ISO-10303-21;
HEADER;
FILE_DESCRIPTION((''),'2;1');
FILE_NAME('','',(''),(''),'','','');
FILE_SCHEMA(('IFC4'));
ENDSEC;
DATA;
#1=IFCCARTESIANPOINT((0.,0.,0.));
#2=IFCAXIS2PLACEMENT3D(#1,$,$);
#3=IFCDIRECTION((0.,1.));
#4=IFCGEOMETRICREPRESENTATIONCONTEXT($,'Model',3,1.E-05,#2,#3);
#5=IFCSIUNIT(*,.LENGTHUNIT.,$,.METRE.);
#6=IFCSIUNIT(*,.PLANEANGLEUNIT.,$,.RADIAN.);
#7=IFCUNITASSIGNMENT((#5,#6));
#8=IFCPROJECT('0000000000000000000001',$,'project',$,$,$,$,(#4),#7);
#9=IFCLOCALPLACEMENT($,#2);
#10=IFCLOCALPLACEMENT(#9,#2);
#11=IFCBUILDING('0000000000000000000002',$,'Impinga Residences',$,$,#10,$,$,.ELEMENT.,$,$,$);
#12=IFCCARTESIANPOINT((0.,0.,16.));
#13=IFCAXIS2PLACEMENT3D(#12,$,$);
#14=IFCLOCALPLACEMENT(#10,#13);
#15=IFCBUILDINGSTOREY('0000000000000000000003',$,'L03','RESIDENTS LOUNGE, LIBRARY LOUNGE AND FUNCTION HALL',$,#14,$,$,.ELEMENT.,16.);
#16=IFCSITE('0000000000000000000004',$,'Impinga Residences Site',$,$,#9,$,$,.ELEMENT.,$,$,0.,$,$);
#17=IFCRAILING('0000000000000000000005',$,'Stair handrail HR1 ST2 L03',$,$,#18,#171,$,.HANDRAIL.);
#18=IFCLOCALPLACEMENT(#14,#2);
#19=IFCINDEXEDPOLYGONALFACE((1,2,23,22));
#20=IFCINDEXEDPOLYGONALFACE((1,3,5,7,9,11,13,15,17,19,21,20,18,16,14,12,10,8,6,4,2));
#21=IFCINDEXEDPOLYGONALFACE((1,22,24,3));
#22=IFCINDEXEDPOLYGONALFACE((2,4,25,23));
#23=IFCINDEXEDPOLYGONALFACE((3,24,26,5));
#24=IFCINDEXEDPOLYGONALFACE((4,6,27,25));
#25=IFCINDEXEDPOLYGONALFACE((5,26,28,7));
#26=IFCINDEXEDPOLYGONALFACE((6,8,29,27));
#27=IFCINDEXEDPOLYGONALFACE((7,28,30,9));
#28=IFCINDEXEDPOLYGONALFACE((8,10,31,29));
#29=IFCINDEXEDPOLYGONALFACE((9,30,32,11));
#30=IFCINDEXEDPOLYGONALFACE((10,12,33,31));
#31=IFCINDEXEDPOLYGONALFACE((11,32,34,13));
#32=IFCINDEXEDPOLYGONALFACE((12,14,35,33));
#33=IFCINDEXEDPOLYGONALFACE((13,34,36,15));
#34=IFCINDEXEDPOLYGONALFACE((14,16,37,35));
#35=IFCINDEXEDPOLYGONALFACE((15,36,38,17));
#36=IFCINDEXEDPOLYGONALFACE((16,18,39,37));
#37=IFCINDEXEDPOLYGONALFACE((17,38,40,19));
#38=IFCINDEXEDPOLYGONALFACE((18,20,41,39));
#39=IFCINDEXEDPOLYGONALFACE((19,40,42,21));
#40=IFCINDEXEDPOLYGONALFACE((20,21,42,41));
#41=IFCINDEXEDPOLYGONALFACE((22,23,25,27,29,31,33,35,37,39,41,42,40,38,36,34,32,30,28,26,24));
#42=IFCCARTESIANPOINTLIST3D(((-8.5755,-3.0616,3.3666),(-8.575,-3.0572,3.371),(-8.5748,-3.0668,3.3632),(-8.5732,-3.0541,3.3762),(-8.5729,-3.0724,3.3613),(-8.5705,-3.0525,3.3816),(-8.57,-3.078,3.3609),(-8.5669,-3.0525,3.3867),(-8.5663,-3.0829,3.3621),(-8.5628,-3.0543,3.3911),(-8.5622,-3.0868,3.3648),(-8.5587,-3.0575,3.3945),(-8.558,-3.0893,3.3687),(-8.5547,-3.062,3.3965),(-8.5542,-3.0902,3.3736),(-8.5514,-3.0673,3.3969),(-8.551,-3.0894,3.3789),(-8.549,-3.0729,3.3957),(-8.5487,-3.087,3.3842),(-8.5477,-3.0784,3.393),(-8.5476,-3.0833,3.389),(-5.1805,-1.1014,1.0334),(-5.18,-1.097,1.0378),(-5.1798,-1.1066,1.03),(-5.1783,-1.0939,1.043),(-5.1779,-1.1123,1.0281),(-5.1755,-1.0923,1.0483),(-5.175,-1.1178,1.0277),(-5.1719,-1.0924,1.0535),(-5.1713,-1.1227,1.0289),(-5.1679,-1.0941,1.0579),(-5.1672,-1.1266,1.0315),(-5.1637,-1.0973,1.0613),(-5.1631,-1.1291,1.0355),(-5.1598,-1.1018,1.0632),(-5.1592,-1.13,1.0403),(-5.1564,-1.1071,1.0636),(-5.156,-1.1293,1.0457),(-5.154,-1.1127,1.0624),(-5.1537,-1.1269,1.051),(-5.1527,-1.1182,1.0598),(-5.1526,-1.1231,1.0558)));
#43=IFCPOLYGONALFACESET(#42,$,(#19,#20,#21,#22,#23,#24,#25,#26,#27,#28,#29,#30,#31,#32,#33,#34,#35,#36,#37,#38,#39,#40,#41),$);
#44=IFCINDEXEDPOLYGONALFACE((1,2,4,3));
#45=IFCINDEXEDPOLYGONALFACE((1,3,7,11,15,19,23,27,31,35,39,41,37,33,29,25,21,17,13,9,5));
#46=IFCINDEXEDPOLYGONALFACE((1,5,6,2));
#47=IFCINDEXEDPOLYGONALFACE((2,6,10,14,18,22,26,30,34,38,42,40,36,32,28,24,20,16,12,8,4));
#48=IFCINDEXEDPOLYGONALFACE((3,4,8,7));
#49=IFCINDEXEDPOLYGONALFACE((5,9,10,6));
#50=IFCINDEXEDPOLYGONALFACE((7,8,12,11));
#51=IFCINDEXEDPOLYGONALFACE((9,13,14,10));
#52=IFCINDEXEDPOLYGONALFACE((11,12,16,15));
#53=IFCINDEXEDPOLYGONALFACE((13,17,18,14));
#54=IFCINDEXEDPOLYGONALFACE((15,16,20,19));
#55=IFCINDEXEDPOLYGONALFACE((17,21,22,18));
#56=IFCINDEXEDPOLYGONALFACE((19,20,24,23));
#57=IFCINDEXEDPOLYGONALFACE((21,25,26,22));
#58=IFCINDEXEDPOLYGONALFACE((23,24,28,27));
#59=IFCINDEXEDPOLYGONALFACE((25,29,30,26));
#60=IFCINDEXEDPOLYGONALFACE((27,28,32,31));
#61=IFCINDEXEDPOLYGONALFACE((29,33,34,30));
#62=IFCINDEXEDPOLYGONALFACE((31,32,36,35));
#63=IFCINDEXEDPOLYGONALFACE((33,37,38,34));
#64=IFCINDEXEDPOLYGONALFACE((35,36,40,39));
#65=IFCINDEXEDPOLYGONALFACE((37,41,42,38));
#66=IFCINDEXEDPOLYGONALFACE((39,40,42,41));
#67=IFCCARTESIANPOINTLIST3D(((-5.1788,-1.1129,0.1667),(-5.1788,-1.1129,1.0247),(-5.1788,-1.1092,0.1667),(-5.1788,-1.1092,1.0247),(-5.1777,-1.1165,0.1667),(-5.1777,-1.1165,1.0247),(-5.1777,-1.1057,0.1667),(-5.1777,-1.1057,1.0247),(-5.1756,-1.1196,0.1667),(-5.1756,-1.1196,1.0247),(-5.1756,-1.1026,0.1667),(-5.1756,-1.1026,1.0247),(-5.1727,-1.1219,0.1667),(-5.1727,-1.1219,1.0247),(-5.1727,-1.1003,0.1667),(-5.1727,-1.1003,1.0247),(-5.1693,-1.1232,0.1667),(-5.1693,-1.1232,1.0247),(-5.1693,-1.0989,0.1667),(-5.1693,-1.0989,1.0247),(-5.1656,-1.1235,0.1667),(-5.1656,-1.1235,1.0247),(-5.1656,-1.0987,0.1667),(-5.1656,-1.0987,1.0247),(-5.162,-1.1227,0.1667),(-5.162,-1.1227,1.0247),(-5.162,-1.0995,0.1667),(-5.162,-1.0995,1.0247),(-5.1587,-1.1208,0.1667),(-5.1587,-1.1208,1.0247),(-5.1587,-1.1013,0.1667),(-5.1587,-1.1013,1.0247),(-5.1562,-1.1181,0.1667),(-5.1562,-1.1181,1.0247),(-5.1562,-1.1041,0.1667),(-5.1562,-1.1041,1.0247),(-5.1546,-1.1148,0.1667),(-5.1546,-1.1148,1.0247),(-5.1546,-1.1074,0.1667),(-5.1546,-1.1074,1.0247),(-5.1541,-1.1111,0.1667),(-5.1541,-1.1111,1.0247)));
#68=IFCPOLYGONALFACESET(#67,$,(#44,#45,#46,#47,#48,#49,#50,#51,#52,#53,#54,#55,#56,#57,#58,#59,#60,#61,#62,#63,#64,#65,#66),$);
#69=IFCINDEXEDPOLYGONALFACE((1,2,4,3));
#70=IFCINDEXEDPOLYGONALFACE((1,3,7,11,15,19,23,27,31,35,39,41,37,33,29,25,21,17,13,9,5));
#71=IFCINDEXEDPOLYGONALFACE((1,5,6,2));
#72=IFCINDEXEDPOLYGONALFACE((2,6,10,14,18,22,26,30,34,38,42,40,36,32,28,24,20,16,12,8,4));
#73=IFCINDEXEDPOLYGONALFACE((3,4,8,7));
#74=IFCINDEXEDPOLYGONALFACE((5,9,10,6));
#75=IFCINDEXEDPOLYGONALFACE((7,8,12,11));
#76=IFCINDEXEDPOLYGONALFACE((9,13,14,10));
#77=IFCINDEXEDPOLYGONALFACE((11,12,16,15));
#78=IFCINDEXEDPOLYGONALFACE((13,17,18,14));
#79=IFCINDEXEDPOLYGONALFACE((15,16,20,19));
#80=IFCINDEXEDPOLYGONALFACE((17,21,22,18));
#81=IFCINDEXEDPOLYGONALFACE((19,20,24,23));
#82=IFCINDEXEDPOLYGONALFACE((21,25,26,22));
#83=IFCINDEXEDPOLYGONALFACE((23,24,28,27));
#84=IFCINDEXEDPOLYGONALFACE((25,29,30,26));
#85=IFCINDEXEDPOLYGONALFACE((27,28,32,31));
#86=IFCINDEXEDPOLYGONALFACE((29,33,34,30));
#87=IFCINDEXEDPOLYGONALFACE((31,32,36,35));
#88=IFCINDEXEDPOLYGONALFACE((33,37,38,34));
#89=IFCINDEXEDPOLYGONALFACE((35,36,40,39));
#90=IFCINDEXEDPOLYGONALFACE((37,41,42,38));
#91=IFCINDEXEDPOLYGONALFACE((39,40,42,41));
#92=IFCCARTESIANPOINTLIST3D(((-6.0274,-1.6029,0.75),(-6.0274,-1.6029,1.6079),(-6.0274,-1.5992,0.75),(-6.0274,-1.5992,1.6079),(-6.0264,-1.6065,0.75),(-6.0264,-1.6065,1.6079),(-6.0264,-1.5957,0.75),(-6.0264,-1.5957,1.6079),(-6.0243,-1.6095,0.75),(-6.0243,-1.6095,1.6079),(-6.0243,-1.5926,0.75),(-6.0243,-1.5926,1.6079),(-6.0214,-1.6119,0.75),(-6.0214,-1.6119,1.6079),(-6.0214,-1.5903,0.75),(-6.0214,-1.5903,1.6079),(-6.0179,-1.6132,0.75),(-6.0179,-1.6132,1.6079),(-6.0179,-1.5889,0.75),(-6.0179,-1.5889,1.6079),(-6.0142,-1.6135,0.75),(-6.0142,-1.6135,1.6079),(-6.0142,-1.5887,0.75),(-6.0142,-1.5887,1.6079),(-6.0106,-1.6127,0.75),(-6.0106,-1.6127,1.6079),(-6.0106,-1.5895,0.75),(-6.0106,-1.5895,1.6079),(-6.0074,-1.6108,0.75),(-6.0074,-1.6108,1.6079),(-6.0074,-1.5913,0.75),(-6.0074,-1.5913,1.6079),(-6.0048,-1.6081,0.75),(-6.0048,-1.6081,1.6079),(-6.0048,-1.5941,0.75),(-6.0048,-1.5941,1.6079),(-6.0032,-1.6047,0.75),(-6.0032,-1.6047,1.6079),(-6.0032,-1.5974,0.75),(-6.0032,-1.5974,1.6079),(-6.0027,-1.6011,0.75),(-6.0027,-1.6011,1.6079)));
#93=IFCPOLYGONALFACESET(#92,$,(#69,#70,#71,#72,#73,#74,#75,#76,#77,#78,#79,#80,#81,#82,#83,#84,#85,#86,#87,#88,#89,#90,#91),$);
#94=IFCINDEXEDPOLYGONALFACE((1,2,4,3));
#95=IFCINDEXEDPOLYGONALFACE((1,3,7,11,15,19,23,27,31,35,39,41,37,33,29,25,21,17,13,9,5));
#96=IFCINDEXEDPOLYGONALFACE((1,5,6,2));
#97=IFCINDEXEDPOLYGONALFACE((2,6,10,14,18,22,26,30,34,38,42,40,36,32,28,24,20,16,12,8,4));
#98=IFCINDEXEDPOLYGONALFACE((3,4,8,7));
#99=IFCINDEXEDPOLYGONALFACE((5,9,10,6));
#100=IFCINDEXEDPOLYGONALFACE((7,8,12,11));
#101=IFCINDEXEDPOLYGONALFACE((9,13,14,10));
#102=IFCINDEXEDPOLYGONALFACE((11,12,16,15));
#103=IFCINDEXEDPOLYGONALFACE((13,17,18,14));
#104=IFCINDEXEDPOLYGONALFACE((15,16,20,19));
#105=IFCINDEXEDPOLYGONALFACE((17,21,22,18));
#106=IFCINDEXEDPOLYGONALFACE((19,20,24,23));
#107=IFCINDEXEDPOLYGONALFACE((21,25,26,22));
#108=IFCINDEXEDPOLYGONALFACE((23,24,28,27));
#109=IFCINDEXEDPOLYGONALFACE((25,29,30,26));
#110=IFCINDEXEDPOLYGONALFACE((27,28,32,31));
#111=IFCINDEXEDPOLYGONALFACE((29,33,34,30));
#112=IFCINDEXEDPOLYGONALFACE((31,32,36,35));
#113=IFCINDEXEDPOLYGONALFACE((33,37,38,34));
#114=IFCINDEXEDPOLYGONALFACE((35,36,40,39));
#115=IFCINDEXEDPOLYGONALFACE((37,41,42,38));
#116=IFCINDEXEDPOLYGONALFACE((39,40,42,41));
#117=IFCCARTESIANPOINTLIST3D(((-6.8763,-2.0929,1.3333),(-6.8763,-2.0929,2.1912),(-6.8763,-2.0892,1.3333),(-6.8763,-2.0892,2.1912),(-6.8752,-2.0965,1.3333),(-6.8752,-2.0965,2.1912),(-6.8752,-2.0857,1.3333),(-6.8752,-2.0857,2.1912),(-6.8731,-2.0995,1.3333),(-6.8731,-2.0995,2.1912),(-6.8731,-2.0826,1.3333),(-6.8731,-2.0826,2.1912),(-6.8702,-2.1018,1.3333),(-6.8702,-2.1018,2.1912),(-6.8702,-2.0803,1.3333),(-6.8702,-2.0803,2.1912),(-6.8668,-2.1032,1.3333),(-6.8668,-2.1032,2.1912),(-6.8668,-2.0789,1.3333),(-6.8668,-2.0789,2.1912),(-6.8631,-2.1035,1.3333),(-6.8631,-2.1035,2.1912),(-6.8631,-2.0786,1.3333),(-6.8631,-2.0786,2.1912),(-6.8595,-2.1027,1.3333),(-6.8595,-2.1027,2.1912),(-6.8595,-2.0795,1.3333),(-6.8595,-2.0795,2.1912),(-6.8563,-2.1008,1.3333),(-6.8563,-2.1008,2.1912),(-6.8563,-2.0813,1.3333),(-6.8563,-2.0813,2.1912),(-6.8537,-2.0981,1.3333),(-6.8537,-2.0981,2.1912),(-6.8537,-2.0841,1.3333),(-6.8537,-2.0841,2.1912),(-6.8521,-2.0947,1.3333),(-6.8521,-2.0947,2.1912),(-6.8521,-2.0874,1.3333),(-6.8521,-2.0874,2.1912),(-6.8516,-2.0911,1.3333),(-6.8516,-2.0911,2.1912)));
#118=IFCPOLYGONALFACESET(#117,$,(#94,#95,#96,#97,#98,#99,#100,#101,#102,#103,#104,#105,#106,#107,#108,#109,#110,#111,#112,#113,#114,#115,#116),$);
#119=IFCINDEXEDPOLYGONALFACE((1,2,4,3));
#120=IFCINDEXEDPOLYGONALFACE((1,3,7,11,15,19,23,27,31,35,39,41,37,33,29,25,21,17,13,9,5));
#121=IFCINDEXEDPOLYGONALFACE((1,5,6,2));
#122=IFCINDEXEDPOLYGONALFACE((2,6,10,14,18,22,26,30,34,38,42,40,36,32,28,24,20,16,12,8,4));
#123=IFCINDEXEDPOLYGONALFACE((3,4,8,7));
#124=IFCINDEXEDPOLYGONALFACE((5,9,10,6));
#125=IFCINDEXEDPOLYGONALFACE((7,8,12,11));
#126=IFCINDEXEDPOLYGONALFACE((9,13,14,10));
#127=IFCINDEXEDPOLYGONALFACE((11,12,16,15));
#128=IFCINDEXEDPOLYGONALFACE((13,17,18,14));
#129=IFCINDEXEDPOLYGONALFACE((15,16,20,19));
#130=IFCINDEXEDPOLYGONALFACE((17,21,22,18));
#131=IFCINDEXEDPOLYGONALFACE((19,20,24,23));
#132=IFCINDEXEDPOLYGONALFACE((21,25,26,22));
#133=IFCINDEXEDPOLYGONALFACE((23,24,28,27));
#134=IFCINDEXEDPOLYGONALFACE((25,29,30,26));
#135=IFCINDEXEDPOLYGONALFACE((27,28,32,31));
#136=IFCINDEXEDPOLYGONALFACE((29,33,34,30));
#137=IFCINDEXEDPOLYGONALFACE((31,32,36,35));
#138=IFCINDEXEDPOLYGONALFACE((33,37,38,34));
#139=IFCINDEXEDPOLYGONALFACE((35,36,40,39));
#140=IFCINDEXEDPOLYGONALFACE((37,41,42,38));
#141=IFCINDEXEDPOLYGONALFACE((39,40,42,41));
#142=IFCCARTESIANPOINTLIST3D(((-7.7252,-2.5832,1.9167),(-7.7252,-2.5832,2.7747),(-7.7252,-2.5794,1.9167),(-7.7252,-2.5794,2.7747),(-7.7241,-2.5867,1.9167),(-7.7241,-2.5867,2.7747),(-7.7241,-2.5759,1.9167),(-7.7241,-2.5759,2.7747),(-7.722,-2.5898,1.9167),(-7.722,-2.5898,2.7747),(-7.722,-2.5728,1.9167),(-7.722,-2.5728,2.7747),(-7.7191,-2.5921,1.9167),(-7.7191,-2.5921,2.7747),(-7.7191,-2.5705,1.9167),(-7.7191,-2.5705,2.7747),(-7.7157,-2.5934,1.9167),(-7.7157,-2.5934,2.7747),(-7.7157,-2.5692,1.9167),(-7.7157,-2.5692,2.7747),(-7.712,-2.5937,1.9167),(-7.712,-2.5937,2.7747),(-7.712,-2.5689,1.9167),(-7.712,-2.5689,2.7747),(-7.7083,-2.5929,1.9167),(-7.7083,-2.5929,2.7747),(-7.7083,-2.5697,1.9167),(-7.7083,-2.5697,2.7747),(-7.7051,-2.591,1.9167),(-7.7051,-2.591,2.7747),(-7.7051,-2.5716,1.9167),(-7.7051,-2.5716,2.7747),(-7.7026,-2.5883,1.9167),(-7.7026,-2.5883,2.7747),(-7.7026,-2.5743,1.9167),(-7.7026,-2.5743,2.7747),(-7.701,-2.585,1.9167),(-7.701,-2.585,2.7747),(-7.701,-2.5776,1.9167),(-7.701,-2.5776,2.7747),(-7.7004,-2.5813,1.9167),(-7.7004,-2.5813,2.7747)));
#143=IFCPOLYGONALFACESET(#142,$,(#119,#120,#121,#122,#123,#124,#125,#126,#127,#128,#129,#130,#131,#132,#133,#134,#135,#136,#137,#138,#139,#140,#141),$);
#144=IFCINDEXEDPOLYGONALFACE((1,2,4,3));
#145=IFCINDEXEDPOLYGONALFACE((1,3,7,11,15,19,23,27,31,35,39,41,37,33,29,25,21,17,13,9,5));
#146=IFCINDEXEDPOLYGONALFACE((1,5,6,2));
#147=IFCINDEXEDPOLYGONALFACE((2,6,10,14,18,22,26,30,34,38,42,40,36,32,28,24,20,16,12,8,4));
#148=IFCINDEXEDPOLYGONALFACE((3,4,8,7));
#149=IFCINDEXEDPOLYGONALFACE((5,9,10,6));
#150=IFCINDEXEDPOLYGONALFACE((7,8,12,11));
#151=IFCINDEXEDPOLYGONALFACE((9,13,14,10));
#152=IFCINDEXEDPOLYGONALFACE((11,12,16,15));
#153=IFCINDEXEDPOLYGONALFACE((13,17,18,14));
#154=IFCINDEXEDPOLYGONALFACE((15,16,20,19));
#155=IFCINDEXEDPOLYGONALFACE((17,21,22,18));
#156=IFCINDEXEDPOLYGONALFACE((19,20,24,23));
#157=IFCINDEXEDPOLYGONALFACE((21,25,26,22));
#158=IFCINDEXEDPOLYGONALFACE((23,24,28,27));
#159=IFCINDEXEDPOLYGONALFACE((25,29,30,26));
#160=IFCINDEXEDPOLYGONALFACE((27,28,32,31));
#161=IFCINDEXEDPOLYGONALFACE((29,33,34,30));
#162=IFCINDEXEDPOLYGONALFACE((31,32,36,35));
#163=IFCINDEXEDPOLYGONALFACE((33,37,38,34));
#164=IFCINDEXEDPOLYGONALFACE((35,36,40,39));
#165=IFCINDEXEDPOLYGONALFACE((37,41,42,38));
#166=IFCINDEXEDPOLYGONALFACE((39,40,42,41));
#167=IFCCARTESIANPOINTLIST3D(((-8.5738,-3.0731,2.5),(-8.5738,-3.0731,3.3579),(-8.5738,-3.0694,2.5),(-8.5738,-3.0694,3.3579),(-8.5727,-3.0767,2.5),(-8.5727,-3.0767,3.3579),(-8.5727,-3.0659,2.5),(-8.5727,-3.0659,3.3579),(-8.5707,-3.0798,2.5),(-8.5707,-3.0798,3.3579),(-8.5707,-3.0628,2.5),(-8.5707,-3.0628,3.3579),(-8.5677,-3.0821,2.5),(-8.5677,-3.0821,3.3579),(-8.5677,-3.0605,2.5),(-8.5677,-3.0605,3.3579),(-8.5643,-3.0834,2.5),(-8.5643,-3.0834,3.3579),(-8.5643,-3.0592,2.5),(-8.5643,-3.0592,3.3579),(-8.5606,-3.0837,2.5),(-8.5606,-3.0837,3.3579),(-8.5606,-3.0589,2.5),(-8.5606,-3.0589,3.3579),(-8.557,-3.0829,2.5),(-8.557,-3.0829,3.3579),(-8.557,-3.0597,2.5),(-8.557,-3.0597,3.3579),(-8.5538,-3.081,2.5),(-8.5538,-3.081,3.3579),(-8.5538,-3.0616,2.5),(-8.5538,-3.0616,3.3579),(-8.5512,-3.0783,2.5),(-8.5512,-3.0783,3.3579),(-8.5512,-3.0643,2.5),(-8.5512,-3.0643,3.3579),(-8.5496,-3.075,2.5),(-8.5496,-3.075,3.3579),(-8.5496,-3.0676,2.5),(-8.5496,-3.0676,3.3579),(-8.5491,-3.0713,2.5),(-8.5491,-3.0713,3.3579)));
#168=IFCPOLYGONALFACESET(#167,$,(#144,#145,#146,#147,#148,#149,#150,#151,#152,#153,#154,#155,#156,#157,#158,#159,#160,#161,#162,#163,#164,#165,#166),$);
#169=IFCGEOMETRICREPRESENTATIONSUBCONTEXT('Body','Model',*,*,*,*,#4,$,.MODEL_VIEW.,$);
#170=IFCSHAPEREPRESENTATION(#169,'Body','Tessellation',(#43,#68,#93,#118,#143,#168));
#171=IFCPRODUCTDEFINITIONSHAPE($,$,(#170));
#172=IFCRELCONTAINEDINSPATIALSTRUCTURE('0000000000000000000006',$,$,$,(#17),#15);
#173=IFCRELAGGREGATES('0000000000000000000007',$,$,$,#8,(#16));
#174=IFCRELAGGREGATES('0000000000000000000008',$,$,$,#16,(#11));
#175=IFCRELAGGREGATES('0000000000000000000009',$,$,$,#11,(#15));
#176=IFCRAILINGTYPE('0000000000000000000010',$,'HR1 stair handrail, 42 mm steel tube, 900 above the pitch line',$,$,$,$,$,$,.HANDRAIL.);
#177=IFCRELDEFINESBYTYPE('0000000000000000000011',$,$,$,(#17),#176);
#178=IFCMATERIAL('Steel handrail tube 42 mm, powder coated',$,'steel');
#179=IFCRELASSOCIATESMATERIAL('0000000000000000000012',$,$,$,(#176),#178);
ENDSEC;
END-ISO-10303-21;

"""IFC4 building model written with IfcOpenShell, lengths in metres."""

from ifc_helpers import new_model, si_unit, direction, frame, origin, origin_2d, place, context, subcontext, project, spatial, circle, extrude, material, type_object, element, save


model = new_model("IFC4")

# Units and contexts
model_context = context("Model", 3, precision=1e-05, world=origin(), true_north=direction((0.0, 1.0)))
body_context = subcontext(model_context, "Body", "Model", "MODEL_VIEW")
ifc_project = project(units=[si_unit("LENGTHUNIT", "METRE"), si_unit("PLANEANGLEUNIT", "RADIAN")], contexts=[model_context])

# Site, building, storey
site_placement = place(None, origin())
site = spatial("IfcSite", under=ifc_project, at=site_placement, Name="Impinga Residences Site", CompositionType="ELEMENT", RefElevation=0.0)
building_placement = place(site_placement, origin())
building = spatial("IfcBuilding", under=site, at=building_placement, Name="Impinga Residences", CompositionType="ELEMENT")
storey_placement = place(building_placement, frame((0.0, 0.0, 16.0)))
storey = spatial("IfcBuildingStorey", under=building, at=storey_placement, Name="L03", Description="RESIDENTS LOUNGE, LIBRARY LOUNGE AND FUNCTION HALL", CompositionType="ELEMENT", Elevation=16.0)

# Railing
ifc_material_1 = material(Name="Steel handrail tube 42 mm, powder coated", Category="steel")
railing_type = type_object("IfcRailingType", Name="HR1 stair handrail, 42 mm steel tube, 900 above the pitch line", PredefinedType="HANDRAIL", material=ifc_material_1)
railing_placement = place(storey_placement, frame((-5.1665, -1.1111, 0.1667)))
element("IfcRailing", 1, at=railing_placement, inside=storey, type_object=railing_type, Name="Stair handrail HR1 ST2 L03", PredefinedType="HANDRAIL", context=body_context, shape_type="SweptSolid", body=[
    extrude(circle(Radius=0.021, at=origin_2d()), frame((0.0, 0.0, 0.8789), z_axis=(-0.744181, -0.429673, 0.511444), x_axis=(0.500017, -0.866016, 0.0)), (0.0, 0.0, 1.0), 4.562),
    extrude(circle(Radius=0.0125, at=origin_2d()), origin(), (0.0, 0.0, 1.0), 0.8579),
    extrude(circle(Radius=0.0125, at=origin_2d()), frame((-0.8486, -0.49, 0.5833)), (0.0, 0.0, 1.0), 0.8579),
    extrude(circle(Radius=0.0125, at=origin_2d()), frame((-1.6975, -0.98, 1.1665)), (0.0, 0.0, 1.0), 0.8579),
    extrude(circle(Radius=0.0125, at=origin_2d()), frame((-2.5464, -1.4702, 1.75)), (0.0, 0.0, 1.0), 0.8579),
    extrude(circle(Radius=0.0125, at=origin_2d()), frame((-3.395, -1.9602, 2.3333)), (0.0, 0.0, 1.0), 0.8579),
])

save(model, "model.ifc")
